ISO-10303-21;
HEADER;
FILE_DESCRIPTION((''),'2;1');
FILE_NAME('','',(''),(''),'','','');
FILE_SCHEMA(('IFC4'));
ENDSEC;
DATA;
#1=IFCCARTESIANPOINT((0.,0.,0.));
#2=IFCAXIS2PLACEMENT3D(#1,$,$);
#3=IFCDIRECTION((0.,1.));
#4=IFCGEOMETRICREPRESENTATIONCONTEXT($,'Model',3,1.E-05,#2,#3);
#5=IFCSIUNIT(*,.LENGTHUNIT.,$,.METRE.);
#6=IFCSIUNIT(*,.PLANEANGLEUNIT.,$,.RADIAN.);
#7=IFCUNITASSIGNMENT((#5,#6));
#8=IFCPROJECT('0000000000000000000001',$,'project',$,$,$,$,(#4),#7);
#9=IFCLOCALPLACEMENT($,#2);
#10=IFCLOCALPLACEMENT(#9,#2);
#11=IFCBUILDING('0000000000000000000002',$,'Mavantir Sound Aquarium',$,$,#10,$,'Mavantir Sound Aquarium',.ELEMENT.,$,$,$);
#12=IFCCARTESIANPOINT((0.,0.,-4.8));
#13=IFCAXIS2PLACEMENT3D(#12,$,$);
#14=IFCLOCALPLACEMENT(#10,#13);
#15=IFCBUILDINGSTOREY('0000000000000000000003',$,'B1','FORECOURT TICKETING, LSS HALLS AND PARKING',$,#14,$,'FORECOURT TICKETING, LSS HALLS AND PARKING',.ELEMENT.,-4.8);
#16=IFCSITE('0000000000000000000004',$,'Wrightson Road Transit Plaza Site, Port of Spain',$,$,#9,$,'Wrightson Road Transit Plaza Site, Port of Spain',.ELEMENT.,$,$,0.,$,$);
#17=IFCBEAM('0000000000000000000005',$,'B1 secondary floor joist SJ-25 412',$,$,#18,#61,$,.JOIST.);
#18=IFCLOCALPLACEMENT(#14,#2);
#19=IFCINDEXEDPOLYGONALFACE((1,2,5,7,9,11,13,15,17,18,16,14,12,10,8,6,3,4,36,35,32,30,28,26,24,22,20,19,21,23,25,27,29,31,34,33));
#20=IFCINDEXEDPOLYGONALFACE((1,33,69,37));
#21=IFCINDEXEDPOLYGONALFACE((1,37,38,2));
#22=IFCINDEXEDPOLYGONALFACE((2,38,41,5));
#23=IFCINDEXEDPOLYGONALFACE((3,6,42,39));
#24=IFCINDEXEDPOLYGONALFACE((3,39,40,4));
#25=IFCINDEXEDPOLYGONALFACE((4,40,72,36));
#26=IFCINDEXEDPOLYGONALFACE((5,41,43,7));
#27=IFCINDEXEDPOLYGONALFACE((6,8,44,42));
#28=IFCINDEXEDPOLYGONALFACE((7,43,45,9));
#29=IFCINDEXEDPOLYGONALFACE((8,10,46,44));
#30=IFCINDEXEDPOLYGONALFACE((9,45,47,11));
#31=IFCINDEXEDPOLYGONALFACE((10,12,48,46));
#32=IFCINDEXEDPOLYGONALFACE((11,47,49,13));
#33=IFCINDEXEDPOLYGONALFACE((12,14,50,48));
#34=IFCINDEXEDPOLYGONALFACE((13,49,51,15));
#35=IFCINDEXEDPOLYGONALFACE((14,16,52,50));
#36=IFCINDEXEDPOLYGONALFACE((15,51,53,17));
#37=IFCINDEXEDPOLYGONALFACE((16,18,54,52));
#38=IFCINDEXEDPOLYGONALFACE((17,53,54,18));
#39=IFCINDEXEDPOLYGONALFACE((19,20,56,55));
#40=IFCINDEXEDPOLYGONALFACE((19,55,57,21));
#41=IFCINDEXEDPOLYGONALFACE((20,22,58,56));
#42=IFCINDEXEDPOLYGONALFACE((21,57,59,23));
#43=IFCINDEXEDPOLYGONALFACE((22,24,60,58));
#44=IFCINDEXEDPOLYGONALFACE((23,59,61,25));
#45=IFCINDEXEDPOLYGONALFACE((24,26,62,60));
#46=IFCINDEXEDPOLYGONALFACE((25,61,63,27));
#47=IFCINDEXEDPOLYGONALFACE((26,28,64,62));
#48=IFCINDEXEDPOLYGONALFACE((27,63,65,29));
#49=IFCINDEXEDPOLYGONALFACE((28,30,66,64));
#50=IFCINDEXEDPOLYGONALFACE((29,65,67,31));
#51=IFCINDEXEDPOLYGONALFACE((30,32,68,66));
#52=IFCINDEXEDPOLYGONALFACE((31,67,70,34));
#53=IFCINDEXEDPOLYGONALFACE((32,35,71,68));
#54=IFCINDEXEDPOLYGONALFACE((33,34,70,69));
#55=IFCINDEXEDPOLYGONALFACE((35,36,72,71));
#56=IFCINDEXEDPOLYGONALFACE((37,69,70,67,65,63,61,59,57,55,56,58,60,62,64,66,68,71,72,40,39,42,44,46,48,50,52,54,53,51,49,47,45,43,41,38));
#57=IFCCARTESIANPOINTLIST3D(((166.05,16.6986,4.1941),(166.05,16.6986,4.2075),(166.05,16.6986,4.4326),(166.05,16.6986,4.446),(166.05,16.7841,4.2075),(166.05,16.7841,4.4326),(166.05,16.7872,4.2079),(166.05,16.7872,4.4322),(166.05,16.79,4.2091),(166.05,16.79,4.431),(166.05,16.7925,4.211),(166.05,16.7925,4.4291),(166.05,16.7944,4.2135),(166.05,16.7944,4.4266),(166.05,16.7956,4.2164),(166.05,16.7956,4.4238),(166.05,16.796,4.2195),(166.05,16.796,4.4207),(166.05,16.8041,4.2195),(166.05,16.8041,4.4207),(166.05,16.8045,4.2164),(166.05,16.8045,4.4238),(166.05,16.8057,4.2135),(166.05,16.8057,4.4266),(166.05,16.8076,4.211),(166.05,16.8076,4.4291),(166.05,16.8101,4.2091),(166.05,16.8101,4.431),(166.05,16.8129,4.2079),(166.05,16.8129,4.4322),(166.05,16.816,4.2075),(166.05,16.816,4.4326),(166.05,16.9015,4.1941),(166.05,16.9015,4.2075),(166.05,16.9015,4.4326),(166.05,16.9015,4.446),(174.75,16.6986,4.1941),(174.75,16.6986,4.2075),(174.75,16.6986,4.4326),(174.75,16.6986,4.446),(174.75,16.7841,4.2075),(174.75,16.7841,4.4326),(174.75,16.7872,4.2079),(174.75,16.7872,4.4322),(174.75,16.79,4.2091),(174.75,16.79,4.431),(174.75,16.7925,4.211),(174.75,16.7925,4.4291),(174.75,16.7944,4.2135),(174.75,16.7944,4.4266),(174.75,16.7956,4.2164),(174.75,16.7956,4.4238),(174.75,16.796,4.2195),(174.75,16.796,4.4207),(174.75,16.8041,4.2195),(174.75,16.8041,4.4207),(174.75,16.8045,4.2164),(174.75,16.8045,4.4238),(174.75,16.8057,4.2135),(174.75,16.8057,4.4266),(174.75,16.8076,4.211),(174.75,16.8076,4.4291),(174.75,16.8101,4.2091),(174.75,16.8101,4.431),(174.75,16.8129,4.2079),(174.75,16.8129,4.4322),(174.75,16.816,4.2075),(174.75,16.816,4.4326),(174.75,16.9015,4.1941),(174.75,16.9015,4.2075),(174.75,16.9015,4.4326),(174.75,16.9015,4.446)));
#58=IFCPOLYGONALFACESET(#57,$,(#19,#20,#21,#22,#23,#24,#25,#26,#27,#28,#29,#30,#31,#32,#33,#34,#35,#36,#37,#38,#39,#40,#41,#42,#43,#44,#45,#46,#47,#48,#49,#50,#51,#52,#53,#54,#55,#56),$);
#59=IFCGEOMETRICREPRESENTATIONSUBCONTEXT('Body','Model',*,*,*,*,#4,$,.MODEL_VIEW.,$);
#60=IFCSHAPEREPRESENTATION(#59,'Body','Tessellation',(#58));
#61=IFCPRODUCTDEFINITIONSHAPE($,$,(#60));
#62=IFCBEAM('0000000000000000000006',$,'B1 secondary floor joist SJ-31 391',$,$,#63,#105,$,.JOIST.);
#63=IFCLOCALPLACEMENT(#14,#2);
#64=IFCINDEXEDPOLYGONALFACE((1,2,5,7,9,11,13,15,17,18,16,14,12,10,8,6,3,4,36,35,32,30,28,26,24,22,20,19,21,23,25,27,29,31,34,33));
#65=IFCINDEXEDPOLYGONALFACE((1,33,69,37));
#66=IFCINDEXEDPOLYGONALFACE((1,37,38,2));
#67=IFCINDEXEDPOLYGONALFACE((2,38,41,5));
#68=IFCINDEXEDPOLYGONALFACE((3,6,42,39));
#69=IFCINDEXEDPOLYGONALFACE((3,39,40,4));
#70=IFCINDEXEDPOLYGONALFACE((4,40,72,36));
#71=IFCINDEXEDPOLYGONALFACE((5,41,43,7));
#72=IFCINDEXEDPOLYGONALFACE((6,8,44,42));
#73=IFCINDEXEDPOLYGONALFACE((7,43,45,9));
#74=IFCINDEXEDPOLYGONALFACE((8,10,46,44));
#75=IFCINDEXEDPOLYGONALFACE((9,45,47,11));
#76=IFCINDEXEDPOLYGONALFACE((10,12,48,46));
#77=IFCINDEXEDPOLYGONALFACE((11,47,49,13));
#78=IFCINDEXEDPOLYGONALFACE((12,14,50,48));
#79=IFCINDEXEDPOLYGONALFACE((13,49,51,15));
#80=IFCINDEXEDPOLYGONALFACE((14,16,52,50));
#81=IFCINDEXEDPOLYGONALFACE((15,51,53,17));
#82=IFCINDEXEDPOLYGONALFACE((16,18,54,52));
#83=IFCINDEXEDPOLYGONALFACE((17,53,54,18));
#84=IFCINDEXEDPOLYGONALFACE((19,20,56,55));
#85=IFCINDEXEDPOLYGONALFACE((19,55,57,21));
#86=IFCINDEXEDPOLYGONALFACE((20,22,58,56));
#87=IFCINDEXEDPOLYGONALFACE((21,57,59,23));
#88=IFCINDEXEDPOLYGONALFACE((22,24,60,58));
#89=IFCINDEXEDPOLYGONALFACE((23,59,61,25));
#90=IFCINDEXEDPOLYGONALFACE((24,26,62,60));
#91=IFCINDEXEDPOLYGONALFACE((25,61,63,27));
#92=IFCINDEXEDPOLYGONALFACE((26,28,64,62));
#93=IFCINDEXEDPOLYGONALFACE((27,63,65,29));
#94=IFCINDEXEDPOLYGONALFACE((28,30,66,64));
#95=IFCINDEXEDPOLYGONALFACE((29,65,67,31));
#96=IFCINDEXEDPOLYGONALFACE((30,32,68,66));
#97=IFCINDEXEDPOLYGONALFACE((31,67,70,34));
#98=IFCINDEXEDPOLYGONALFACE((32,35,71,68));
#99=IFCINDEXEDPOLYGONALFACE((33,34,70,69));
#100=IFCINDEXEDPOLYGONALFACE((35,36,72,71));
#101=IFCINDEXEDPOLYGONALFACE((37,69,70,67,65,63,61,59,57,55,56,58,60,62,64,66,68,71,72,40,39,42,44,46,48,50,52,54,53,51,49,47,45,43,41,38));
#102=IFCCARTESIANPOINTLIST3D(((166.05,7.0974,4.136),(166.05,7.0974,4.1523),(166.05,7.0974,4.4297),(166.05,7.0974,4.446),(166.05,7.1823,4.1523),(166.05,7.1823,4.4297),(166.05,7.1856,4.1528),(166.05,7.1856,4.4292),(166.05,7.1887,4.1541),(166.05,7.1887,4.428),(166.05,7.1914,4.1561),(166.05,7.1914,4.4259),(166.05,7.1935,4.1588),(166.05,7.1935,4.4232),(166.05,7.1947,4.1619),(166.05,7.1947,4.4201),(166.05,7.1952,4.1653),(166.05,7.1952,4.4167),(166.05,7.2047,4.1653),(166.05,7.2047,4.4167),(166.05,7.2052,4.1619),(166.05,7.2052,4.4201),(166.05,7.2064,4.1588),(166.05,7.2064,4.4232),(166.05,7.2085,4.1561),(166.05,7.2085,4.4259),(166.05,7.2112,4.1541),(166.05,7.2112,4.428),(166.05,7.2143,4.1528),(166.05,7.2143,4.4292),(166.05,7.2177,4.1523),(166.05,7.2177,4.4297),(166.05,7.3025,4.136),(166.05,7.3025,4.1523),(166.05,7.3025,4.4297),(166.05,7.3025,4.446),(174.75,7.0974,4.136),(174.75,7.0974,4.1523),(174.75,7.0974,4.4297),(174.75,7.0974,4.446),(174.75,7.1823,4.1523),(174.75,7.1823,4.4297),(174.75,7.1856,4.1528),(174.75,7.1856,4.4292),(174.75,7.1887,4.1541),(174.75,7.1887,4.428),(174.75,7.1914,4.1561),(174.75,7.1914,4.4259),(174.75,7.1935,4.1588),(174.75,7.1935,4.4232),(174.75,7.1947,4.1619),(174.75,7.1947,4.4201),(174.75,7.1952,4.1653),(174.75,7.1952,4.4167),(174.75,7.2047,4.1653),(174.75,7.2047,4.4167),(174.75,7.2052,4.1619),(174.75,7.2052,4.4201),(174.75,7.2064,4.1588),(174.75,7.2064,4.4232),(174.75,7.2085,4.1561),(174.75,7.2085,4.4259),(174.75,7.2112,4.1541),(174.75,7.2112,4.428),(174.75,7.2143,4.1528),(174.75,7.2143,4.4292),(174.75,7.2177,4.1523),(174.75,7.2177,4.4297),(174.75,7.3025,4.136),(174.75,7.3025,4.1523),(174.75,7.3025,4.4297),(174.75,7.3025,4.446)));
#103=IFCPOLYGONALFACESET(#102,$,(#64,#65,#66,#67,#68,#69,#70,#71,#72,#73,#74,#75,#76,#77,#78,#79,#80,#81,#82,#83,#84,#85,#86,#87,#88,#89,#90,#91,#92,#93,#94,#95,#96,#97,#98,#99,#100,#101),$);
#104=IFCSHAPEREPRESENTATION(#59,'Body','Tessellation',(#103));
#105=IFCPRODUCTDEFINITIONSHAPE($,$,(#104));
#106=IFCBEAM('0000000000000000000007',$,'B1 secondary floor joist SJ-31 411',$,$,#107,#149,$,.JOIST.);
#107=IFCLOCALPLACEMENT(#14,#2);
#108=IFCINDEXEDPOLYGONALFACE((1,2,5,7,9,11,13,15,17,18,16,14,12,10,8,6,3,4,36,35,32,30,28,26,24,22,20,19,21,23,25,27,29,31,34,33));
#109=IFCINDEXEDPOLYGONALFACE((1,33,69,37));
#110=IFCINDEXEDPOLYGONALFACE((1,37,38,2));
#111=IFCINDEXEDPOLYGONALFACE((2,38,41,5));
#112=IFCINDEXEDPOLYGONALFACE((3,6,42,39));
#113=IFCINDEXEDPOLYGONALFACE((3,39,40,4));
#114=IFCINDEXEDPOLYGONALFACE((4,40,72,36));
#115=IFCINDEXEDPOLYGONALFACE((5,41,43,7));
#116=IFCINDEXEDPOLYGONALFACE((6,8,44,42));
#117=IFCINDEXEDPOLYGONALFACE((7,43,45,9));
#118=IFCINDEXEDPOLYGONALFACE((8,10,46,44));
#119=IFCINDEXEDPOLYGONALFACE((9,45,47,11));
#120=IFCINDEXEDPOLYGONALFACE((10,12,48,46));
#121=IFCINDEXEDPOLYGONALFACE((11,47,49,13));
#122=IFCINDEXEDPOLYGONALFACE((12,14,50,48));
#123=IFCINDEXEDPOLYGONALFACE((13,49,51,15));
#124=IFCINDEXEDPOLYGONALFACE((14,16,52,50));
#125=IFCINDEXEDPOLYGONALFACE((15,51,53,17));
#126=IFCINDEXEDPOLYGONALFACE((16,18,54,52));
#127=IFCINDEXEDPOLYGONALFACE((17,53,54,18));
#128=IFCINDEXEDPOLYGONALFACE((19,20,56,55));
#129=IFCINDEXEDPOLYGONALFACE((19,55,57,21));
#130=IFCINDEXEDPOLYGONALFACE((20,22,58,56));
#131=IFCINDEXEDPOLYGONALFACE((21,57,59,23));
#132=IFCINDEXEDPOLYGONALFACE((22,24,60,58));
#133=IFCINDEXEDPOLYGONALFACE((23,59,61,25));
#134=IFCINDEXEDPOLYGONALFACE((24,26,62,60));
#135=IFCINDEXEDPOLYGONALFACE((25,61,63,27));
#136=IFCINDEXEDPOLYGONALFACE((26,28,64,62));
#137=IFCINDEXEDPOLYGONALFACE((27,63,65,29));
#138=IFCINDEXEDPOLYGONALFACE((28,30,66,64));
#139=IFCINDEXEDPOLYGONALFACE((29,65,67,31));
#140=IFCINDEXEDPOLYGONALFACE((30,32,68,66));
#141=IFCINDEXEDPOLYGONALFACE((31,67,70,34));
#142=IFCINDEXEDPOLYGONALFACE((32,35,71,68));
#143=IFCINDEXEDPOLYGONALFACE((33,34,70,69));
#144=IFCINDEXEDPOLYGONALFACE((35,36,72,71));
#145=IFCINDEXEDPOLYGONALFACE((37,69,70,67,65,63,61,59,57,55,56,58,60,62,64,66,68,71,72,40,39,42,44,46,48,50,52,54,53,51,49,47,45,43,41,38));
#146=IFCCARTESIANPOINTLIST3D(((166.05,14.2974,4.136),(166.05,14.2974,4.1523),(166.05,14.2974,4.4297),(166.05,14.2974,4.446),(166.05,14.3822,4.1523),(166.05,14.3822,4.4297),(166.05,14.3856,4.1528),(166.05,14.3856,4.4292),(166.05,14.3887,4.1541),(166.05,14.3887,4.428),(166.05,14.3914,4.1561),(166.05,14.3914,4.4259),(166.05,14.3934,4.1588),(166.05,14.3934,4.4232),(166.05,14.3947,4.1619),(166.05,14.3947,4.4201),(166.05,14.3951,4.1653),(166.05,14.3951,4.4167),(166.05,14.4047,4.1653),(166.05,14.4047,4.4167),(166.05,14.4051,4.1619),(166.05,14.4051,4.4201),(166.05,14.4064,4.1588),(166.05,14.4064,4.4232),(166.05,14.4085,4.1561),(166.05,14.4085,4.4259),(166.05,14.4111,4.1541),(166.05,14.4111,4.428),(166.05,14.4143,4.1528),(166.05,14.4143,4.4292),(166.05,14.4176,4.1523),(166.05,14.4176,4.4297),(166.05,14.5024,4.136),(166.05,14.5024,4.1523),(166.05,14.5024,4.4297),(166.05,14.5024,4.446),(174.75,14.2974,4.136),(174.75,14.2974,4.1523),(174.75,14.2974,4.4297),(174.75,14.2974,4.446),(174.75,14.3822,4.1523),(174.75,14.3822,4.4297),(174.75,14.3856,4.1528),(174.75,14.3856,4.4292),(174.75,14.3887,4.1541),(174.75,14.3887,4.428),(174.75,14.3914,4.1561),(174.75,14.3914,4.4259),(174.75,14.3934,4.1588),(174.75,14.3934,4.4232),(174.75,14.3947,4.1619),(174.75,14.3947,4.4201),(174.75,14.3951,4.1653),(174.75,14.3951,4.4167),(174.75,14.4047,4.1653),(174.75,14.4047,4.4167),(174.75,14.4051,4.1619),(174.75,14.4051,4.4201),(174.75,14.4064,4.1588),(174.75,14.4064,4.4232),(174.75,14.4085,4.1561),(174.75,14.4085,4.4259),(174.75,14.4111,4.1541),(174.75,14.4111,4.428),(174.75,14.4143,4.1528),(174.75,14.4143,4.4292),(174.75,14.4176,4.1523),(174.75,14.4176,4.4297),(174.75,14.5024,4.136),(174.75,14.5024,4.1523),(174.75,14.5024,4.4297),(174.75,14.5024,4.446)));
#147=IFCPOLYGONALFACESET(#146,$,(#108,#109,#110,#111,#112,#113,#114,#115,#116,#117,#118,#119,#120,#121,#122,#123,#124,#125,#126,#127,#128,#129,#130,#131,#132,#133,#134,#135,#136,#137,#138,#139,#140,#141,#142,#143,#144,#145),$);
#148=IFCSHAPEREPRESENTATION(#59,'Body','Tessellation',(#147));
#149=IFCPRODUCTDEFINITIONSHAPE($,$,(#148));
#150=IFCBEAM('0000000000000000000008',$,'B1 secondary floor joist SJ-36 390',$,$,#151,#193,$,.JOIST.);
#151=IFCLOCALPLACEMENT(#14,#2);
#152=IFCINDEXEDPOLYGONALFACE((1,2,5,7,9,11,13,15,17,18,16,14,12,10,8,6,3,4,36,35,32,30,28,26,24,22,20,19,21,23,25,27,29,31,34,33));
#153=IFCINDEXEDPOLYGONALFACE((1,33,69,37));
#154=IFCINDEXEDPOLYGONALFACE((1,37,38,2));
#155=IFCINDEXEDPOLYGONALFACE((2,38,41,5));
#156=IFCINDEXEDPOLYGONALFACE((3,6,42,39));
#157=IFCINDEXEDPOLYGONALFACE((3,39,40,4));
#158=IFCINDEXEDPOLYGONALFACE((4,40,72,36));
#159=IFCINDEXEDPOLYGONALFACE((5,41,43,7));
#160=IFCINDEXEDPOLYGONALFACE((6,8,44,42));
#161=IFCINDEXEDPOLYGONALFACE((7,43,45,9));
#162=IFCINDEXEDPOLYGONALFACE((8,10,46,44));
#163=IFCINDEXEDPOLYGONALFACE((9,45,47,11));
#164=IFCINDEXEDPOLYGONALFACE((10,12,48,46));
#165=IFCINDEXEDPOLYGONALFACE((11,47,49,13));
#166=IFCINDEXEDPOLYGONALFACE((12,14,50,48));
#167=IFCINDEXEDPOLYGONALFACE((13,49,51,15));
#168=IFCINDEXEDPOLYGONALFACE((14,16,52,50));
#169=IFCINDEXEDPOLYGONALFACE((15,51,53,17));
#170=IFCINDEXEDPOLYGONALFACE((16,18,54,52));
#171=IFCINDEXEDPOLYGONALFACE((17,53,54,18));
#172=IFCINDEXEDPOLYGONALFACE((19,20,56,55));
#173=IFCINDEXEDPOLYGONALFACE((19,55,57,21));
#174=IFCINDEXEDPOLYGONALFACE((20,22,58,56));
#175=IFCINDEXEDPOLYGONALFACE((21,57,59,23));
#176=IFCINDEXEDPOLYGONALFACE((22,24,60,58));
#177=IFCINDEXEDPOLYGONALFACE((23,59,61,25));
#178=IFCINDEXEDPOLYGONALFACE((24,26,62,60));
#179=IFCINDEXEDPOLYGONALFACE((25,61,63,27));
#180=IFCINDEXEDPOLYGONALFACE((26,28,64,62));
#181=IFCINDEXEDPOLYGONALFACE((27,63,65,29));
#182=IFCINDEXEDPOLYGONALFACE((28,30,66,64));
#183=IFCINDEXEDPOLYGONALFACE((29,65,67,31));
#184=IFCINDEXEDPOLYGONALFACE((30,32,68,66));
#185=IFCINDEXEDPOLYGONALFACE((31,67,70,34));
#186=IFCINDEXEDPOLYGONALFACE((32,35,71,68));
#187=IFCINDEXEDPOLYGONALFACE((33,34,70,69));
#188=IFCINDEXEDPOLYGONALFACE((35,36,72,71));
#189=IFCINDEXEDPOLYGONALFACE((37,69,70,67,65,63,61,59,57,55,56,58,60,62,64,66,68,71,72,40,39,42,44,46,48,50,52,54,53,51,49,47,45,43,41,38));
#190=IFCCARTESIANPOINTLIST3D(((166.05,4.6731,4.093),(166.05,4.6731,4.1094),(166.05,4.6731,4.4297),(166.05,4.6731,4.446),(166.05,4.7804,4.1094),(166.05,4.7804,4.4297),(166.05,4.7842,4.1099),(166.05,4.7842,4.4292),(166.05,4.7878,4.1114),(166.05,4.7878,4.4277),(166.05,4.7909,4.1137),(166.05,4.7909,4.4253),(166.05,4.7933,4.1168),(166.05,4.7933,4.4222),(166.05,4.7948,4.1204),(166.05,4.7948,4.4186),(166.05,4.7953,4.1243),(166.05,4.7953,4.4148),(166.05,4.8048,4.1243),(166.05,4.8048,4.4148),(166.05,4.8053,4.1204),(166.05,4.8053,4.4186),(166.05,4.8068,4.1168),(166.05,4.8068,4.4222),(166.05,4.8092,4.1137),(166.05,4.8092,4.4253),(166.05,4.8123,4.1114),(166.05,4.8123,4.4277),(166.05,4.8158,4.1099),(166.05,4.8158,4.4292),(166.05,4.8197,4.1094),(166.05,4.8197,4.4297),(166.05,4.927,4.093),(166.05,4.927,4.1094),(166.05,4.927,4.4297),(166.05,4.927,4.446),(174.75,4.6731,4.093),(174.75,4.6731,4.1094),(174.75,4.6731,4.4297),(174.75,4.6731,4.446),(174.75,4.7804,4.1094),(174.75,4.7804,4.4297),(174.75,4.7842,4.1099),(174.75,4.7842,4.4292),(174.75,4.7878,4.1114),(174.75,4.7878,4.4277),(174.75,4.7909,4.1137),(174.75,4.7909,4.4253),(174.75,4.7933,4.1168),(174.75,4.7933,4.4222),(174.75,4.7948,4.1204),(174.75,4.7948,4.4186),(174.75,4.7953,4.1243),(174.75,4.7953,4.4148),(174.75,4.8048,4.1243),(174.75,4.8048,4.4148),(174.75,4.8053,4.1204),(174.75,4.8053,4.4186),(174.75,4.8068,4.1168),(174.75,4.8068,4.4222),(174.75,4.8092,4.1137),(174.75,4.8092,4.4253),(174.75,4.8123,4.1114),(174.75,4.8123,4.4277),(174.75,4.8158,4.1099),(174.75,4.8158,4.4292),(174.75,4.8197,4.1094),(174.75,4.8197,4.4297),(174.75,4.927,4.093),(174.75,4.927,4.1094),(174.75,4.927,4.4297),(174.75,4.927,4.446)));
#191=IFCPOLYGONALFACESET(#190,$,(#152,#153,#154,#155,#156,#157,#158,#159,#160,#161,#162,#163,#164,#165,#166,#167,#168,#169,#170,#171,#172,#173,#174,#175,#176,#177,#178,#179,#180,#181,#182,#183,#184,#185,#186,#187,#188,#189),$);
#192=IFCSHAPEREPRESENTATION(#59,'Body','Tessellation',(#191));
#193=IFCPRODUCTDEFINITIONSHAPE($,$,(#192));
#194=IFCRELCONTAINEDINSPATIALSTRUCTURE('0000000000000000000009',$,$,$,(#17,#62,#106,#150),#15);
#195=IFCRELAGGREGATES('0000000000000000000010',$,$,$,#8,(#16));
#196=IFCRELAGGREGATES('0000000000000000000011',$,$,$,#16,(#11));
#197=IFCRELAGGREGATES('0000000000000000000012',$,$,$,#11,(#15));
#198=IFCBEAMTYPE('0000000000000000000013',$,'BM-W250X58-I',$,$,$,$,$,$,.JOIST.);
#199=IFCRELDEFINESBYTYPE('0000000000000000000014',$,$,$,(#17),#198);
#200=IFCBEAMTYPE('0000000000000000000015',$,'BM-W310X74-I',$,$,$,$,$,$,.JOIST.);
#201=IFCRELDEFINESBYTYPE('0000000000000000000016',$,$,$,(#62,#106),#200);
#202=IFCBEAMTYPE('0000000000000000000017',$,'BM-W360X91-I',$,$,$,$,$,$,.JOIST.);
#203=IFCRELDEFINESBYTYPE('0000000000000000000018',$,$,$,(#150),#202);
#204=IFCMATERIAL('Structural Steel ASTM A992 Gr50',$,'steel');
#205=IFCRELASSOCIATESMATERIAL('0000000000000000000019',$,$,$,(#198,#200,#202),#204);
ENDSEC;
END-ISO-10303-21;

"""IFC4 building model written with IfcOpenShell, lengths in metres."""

from ifc_helpers import new_model, si_unit, direction, frame, origin, origin_2d, place, context, subcontext, project, spatial, i_section, extrude, material, material_profile, profile_set, type_object, element, save


model = new_model("IFC4")

# Units and contexts
model_context = context("Model", 3, precision=1e-05, world=origin(), true_north=direction((0.0, 1.0)))
body_context = subcontext(model_context, "Body", "Model", "MODEL_VIEW")
ifc_project = project(units=[si_unit("LENGTHUNIT", "METRE"), si_unit("PLANEANGLEUNIT", "RADIAN")], contexts=[model_context])

# Site, building, storey
site_placement = place(None, origin())
site = spatial("IfcSite", under=ifc_project, at=site_placement, Name="Wrightson Road Transit Plaza Site, Port of Spain", LongName="Wrightson Road Transit Plaza Site, Port of Spain", CompositionType="ELEMENT", RefElevation=0.0)
building_placement = place(site_placement, origin())
building = spatial("IfcBuilding", under=site, at=building_placement, Name="Mavantir Sound Aquarium", LongName="Mavantir Sound Aquarium", CompositionType="ELEMENT")
storey_placement = place(building_placement, frame((0.0, 0.0, -4.8)))
storey = spatial("IfcBuildingStorey", under=building, at=storey_placement, Name="B1", Description="FORECOURT TICKETING, LSS HALLS AND PARKING", LongName="FORECOURT TICKETING, LSS HALLS AND PARKING", CompositionType="ELEMENT", Elevation=-4.8)

# Beams
ifc_material_1 = material(Name="Structural Steel ASTM A992 Gr50", Category="steel")
ifc_material_profile_1 = material_profile(ifc_material_1, i_section(OverallWidth=0.2029, OverallDepth=0.252, WebThickness=0.0081, FlangeThickness=0.0134, FilletRadius=0.012, at=origin_2d()), Name="W250X58")
ifc_profile_set_1 = profile_set([ifc_material_profile_1], Name="Structural Steel ASTM A992 Gr50")
beam_type_1 = type_object("IfcBeamType", Name="BM-W250X58-I", PredefinedType="JOIST", material=ifc_profile_set_1)
beam_1_placement = place(storey_placement, frame((166.05, 16.8, 4.3201), z_axis=(1.0, 0.0, 0.0), x_axis=(0.0, 1.0, 0.0)))
element("IfcBeam", 1, at=beam_1_placement, inside=storey, type_object=beam_type_1, Name="B1 secondary floor joist SJ-25 412", PredefinedType="JOIST", context=body_context, shape_type="SweptSolid", body=[
    extrude(i_section(OverallWidth=0.2029, OverallDepth=0.252, WebThickness=0.0081, FlangeThickness=0.0134, FilletRadius=0.012, at=origin_2d()), origin(), (0.0, 0.0, 1.0), 8.7),
])
ifc_material_profile_2 = material_profile(ifc_material_1, i_section(OverallWidth=0.2051, OverallDepth=0.3101, WebThickness=0.0095, FlangeThickness=0.0164, FilletRadius=0.0129, at=origin_2d()), Name="W310X74")
ifc_profile_set_2 = profile_set([ifc_material_profile_2], Name="Structural Steel ASTM A992 Gr50")
beam_type_2 = type_object("IfcBeamType", Name="BM-W310X74-I", PredefinedType="JOIST", material=ifc_profile_set_2)
for number, where, z_axis, x_axis, name in (
    (2, (166.05, 7.2, 4.291), (1.0, 0.0, 0.0), (0.0, 1.0, 0.0), "B1 secondary floor joist SJ-31 391"),
    (3, (166.05, 14.3999, 4.291), (1.0, 0.0, 0.0), (0.0, 1.0, 0.0), "B1 secondary floor joist SJ-31 411"),
):
    element("IfcBeam", number, at=place(storey_placement, frame(where, z_axis=z_axis, x_axis=x_axis)), inside=storey, type_object=beam_type_2, Name=name, PredefinedType="JOIST", context=body_context, shape_type="SweptSolid", body=[
        extrude(i_section(OverallWidth=0.2051, OverallDepth=0.3101, WebThickness=0.0095, FlangeThickness=0.0164, FilletRadius=0.0129, at=origin_2d()), origin(), (0.0, 0.0, 1.0), 8.7),
    ])
ifc_material_profile_3 = material_profile(ifc_material_1, i_section(OverallWidth=0.2539, OverallDepth=0.353, WebThickness=0.0095, FlangeThickness=0.0164, FilletRadius=0.0149, at=origin_2d()), Name="W360X91")
ifc_profile_set_3 = profile_set([ifc_material_profile_3], Name="Structural Steel ASTM A992 Gr50")
beam_type_3 = type_object("IfcBeamType", Name="BM-W360X91-I", PredefinedType="JOIST", material=ifc_profile_set_3)
for number, where, z_axis, x_axis, name in (
    (4, (166.05, 4.8, 4.2695), (1.0, 0.0, 0.0), (0.0, 1.0, 0.0), "B1 secondary floor joist SJ-36 390"),
):
    element("IfcBeam", number, at=place(storey_placement, frame(where, z_axis=z_axis, x_axis=x_axis)), inside=storey, type_object=beam_type_3, Name=name, PredefinedType="JOIST", context=body_context, shape_type="SweptSolid", body=[
        extrude(i_section(OverallWidth=0.2539, OverallDepth=0.353, WebThickness=0.0095, FlangeThickness=0.0164, FilletRadius=0.0149, at=origin_2d()), origin(), (0.0, 0.0, 1.0), 8.7),
    ])

save(model, "model.ifc")
